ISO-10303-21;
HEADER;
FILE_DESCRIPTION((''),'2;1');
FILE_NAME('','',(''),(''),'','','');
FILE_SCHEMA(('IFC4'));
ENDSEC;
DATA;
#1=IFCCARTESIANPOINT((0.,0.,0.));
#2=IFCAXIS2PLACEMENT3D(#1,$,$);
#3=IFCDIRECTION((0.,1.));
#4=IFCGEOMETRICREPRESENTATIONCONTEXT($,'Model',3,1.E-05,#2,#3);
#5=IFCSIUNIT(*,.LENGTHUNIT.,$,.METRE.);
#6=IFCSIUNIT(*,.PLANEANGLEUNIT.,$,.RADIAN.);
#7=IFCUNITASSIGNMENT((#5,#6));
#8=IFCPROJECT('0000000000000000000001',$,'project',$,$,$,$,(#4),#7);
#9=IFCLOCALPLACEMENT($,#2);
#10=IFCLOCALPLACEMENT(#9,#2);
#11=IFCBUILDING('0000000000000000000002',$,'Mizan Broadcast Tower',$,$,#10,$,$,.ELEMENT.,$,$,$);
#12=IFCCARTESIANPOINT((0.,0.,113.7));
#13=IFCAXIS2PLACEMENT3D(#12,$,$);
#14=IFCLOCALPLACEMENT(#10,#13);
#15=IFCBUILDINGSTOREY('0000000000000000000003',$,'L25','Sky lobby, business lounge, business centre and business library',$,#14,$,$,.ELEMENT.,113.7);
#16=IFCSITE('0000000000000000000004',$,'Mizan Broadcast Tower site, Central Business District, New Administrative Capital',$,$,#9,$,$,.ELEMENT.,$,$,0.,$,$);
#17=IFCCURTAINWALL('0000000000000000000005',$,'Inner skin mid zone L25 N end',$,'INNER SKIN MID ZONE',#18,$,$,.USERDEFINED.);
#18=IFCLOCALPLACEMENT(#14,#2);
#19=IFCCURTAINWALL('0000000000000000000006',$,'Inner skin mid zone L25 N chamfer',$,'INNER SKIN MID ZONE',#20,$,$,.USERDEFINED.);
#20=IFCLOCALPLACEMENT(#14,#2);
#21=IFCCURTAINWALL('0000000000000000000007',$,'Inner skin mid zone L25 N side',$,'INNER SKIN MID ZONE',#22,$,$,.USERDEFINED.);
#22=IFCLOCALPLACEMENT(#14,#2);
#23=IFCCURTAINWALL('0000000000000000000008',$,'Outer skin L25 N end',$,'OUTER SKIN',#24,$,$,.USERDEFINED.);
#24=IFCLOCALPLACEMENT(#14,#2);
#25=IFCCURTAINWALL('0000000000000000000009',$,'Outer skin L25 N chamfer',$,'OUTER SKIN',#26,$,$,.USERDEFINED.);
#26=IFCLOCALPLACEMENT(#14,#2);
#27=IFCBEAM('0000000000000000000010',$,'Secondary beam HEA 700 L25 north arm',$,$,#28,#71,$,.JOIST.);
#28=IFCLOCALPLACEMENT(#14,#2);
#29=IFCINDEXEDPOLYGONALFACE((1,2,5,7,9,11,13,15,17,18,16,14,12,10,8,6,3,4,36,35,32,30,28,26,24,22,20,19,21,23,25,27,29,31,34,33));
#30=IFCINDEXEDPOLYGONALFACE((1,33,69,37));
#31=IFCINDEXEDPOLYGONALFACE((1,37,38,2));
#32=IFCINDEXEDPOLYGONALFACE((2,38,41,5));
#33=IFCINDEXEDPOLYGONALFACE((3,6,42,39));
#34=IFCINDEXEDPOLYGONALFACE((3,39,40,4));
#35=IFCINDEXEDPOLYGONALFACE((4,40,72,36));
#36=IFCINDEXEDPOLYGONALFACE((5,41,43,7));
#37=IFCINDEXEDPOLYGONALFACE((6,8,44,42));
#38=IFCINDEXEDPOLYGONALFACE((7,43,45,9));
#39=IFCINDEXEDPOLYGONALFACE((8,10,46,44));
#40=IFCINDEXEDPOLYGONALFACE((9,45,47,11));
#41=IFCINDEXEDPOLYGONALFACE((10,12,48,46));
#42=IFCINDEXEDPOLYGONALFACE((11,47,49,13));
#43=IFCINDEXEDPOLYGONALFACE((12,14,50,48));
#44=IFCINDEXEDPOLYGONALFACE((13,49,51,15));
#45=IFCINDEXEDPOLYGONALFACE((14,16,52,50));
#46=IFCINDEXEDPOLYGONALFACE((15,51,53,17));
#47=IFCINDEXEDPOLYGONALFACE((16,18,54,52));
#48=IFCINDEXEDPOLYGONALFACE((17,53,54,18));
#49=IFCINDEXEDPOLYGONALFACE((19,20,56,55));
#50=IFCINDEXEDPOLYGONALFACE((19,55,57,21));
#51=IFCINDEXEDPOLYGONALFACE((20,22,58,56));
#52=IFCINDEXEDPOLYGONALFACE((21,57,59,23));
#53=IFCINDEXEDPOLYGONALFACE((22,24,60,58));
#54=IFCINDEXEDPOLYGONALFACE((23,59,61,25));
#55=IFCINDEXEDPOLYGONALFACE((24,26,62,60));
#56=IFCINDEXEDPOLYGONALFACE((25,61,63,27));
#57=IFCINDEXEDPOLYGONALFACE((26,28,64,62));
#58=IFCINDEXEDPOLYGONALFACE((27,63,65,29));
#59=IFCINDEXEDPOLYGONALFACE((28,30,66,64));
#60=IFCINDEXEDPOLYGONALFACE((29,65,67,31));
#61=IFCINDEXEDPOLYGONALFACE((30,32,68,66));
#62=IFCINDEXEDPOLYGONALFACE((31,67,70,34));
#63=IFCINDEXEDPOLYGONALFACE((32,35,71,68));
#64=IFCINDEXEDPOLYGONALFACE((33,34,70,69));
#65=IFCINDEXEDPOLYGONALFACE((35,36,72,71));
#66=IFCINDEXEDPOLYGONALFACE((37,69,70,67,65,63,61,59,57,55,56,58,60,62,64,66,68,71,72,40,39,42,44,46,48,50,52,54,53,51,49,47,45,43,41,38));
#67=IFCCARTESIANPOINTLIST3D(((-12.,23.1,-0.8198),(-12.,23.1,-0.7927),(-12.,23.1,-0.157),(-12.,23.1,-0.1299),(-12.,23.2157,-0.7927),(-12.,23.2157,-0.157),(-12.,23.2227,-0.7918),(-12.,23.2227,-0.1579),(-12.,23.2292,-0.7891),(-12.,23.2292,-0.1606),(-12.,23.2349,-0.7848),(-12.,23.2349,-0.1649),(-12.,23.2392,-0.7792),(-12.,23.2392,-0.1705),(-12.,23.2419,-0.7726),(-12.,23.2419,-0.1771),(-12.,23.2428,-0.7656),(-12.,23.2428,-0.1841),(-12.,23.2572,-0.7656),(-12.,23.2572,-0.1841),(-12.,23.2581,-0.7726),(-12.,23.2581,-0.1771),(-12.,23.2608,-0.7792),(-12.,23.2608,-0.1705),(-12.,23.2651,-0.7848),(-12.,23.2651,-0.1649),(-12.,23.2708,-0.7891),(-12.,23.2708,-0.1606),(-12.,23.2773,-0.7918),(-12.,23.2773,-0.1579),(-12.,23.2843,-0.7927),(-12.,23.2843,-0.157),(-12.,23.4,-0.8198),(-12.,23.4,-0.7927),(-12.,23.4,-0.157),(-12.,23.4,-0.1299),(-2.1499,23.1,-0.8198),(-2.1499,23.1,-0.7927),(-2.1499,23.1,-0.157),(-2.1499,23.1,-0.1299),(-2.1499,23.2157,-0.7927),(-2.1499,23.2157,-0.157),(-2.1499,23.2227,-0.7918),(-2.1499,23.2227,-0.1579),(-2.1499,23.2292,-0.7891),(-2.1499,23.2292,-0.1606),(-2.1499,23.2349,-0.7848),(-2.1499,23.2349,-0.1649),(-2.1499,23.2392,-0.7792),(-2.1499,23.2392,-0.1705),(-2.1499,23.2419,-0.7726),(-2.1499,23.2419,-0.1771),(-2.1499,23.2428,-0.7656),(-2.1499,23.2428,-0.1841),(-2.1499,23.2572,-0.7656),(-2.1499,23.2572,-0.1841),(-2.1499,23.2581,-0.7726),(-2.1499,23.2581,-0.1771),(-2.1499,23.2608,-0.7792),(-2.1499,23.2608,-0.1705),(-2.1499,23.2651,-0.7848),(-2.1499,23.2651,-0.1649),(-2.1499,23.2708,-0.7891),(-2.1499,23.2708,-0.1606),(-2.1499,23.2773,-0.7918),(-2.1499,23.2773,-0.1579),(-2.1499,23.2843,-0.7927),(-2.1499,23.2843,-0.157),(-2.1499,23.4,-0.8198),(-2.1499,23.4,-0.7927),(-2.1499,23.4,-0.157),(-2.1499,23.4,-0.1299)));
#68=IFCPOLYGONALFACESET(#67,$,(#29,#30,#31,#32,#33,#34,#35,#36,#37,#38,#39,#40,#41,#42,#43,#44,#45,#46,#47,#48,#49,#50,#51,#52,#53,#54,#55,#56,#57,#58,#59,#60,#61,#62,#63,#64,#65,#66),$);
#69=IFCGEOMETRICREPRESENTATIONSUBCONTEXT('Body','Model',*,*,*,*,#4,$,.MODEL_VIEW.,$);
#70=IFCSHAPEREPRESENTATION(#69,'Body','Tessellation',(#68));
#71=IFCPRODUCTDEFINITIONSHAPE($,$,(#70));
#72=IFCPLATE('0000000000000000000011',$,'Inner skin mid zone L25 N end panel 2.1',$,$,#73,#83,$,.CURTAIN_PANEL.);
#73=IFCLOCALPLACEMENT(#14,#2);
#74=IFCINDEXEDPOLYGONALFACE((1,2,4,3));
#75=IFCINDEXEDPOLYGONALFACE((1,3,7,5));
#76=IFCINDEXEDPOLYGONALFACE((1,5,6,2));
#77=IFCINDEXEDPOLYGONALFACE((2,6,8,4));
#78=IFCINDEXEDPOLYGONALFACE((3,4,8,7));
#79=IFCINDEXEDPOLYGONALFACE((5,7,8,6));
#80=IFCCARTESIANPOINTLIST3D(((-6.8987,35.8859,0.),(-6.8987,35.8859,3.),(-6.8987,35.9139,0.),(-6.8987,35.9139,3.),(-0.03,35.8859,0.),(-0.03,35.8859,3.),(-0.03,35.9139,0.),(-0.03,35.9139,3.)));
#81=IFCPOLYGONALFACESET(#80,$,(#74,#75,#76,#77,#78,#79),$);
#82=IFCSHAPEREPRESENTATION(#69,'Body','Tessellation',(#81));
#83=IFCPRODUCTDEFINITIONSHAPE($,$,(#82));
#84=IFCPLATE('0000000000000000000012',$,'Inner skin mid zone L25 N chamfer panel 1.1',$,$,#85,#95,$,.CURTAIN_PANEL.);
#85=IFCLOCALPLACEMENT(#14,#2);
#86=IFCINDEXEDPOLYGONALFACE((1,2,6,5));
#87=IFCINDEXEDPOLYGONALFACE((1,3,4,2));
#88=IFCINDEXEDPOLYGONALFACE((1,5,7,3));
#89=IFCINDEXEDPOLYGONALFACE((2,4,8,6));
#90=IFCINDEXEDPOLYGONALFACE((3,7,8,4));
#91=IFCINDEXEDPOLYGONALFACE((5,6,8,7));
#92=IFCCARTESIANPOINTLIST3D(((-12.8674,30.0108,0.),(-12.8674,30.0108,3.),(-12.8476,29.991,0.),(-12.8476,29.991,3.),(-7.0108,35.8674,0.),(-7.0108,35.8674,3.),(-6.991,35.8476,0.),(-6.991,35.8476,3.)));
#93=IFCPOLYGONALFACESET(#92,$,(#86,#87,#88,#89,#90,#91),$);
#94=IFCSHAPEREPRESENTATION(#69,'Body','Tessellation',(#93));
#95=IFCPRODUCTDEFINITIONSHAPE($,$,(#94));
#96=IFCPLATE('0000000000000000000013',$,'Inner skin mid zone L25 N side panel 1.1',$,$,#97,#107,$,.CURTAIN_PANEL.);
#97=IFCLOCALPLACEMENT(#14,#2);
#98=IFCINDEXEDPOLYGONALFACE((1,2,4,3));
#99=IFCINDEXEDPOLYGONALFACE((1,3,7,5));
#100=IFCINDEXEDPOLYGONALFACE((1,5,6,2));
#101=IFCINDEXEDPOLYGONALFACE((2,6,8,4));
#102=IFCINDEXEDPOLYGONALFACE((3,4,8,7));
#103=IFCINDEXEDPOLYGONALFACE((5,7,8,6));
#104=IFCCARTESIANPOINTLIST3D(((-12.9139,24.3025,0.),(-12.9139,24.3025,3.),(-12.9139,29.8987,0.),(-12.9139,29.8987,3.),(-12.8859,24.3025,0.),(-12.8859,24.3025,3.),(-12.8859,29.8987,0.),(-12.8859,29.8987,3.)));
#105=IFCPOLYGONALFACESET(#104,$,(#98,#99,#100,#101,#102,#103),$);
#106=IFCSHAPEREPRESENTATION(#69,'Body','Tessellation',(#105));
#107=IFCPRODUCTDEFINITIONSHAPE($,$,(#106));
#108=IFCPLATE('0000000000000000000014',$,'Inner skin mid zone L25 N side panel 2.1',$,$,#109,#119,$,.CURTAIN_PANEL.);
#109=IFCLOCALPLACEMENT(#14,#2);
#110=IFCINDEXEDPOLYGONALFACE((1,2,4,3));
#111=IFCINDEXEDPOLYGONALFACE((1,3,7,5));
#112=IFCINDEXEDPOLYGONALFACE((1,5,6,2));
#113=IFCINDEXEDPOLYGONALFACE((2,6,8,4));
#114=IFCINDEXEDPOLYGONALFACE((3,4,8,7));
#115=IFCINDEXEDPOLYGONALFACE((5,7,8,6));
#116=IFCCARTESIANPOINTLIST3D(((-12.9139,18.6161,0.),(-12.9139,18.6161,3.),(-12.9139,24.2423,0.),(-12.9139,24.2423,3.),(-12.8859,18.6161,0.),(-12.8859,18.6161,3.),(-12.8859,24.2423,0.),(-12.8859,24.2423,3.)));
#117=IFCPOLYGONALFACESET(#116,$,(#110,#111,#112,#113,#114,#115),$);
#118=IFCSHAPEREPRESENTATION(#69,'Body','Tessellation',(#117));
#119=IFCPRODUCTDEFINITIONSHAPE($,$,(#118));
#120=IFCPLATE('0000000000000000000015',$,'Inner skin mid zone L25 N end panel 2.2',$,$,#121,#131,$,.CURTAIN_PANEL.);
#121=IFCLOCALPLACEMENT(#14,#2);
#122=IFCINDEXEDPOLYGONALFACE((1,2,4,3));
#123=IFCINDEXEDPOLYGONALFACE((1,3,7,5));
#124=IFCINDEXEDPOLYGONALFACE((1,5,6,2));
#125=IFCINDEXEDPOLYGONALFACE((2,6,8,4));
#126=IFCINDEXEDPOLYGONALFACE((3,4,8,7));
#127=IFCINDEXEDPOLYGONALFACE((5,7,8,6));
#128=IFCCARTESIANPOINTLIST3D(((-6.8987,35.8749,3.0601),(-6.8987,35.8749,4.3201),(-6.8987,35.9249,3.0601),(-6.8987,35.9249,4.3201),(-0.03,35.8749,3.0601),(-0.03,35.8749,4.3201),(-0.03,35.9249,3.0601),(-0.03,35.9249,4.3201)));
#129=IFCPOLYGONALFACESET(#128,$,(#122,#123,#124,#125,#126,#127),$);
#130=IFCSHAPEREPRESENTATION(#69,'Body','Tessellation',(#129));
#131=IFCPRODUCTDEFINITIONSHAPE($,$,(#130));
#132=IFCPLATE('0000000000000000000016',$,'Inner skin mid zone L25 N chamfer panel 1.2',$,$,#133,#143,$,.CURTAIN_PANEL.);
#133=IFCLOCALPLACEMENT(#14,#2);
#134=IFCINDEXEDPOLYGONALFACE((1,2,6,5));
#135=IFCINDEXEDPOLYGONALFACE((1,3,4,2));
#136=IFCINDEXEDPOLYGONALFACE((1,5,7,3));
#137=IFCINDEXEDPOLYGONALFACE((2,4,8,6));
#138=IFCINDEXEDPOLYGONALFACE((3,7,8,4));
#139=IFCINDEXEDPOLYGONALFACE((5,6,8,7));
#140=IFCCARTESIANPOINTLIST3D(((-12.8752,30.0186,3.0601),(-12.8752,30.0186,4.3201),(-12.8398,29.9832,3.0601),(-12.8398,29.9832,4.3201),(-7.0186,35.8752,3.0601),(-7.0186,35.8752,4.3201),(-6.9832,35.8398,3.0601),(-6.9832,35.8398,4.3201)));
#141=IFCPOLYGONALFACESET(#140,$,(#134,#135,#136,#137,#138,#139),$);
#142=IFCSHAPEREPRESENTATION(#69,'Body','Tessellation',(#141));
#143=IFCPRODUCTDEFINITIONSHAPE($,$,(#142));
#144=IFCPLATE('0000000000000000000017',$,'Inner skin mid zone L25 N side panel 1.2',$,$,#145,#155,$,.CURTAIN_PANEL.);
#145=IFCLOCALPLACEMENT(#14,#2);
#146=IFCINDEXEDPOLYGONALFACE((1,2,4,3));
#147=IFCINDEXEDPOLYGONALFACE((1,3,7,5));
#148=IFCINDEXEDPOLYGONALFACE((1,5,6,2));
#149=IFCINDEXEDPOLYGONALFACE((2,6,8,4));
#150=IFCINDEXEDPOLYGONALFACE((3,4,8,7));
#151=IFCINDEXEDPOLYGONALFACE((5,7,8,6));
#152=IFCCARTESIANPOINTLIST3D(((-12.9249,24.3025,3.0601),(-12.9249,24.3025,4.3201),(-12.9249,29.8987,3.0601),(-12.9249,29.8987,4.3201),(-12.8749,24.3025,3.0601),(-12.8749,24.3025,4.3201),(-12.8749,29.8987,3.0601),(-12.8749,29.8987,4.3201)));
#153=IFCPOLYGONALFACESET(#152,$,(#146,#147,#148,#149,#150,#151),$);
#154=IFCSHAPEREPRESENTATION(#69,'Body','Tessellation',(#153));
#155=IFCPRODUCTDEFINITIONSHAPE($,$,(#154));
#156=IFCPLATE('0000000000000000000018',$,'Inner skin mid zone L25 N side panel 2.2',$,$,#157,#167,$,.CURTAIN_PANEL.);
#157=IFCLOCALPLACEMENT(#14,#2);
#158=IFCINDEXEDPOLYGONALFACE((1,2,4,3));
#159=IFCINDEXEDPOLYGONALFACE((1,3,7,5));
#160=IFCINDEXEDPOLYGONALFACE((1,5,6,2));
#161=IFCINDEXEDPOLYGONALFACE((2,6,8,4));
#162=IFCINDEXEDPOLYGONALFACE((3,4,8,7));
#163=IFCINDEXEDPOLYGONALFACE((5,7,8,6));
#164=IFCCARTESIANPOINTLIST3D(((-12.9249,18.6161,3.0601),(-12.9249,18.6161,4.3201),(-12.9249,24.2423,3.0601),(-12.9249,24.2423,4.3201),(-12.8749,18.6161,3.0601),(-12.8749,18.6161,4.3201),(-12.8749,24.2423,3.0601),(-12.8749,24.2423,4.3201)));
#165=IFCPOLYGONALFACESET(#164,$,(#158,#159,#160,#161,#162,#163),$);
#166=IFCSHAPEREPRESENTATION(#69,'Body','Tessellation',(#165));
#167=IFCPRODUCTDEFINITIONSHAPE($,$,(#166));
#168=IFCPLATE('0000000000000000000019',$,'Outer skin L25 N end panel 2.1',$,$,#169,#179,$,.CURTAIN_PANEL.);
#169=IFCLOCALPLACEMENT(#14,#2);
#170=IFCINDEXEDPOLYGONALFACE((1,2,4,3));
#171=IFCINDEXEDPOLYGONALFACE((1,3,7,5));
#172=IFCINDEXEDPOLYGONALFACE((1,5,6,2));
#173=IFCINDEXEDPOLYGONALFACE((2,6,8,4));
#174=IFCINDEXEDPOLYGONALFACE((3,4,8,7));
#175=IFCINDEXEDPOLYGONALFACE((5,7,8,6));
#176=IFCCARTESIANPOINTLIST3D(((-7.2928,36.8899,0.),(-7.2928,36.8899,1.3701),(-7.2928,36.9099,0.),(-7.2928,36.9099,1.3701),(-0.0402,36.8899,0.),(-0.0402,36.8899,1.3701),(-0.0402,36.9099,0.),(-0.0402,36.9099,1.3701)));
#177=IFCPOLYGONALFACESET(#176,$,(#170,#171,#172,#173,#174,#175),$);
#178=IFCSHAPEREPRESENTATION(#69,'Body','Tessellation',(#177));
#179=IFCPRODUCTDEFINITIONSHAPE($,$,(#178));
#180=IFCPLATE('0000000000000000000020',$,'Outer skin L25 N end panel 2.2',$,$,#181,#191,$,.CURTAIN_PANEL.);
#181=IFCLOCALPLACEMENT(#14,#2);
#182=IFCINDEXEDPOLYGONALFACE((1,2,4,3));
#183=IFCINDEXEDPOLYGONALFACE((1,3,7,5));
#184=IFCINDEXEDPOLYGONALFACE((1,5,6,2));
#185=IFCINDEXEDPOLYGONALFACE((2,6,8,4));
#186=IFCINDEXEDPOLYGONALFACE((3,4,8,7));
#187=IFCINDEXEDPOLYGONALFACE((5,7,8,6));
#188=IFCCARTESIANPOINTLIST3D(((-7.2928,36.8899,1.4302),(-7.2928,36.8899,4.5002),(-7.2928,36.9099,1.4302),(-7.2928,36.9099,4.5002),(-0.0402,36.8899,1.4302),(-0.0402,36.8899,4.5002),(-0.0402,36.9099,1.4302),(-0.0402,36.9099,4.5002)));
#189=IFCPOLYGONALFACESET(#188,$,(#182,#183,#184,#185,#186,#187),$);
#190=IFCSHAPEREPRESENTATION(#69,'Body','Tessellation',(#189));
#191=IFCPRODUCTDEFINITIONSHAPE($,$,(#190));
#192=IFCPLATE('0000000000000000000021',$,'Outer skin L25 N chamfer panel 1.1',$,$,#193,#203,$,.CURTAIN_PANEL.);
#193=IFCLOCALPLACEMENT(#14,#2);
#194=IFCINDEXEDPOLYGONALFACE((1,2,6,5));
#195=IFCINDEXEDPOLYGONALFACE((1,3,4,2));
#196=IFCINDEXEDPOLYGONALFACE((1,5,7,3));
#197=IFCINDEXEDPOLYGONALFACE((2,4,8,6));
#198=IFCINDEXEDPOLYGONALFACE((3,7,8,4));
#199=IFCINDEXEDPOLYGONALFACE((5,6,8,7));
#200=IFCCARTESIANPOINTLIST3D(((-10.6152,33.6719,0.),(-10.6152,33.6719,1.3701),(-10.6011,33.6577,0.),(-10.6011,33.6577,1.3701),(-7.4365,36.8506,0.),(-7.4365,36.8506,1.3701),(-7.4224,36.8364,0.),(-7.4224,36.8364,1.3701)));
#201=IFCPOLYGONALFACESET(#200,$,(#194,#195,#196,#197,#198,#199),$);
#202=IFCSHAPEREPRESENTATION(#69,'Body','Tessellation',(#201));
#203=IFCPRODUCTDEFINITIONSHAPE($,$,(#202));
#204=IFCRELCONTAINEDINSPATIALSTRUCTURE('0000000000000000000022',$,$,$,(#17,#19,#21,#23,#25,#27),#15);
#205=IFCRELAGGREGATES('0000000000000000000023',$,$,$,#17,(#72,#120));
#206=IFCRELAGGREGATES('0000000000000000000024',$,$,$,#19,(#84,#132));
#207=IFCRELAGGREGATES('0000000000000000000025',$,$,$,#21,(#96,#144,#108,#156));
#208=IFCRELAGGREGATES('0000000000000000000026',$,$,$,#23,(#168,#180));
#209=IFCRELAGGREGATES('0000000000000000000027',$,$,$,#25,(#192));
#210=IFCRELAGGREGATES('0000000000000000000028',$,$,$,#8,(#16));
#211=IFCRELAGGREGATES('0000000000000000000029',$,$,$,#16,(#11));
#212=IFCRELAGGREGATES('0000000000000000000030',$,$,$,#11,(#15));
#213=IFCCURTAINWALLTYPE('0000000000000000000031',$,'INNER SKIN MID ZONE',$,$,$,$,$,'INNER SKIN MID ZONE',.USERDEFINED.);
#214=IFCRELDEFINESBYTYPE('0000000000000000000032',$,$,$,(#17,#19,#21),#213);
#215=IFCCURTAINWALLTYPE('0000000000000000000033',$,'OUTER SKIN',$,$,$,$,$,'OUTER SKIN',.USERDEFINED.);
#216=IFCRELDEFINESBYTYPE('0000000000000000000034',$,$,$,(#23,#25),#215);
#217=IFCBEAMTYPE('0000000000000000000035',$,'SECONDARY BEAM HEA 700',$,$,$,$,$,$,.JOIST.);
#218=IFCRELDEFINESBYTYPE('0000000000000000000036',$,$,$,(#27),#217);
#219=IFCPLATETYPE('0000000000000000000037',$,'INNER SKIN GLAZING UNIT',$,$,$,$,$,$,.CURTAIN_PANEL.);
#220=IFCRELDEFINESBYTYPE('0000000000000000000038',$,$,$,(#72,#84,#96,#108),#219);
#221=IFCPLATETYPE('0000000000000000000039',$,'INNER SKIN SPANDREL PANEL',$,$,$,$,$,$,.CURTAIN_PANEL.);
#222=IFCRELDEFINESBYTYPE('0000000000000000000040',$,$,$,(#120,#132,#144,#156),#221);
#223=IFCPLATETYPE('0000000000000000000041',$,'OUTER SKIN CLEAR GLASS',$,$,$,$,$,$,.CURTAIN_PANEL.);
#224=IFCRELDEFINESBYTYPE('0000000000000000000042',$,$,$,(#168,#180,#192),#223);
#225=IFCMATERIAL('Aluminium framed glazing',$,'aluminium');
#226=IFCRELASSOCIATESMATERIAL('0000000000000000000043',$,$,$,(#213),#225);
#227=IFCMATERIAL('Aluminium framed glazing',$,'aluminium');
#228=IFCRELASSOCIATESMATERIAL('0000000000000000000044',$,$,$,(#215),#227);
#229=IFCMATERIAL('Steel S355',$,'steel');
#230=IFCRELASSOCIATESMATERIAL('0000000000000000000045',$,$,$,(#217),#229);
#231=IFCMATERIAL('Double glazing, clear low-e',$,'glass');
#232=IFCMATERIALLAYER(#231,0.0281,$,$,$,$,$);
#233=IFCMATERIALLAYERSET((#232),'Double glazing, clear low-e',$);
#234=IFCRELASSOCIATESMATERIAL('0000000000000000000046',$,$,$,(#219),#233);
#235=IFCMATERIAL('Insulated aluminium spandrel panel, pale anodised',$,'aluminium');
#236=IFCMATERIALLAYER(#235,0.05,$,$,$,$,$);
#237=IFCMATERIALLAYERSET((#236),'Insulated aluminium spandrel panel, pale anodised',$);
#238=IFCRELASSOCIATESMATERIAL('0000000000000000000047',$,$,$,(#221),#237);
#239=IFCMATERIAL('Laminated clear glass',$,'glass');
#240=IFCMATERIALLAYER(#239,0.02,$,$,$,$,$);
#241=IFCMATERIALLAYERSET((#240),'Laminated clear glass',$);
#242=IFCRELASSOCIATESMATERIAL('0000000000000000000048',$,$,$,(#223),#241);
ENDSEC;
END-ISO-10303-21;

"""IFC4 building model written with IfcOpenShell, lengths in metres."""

from ifc_helpers import new_model, si_unit, direction, frame, origin, origin_2d, place, context, subcontext, project, spatial, rectangle, i_section, extrude, material, layer, layer_set, material_profile, profile_set, type_object, element, aggregate, save


model = new_model("IFC4")

# Units and contexts
model_context = context("Model", 3, precision=1e-05, world=origin(), true_north=direction((0.0, 1.0)))
body_context = subcontext(model_context, "Body", "Model", "MODEL_VIEW")
ifc_project = project(units=[si_unit("LENGTHUNIT", "METRE"), si_unit("PLANEANGLEUNIT", "RADIAN")], contexts=[model_context])

# Site, building, storey
site_placement = place(None, origin())
site = spatial("IfcSite", under=ifc_project, at=site_placement, Name="Mizan Broadcast Tower site, Central Business District, New Administrative Capital", CompositionType="ELEMENT", RefElevation=0.0)
building_placement = place(site_placement, origin())
building = spatial("IfcBuilding", under=site, at=building_placement, Name="Mizan Broadcast Tower", CompositionType="ELEMENT")
storey_placement = place(building_placement, frame((0.0, 0.0, 113.7)))
storey = spatial("IfcBuildingStorey", under=building, at=storey_placement, Name="L25", Description="Sky lobby, business lounge, business centre and business library", CompositionType="ELEMENT", Elevation=113.7)

# Curtain walls
ifc_material_1 = material(Name="Aluminium framed glazing", Category="aluminium")
curtain_wall_type_1 = type_object("IfcCurtainWallType", Name="INNER SKIN MID ZONE", ElementType="INNER SKIN MID ZONE", PredefinedType="USERDEFINED", material=ifc_material_1)
curtain_wall_1_placement = place(storey_placement, origin())
curtain_wall_1 = element("IfcCurtainWall", 1, at=curtain_wall_1_placement, inside=storey, type_object=curtain_wall_type_1, Name="Inner skin mid zone L25 N end", ObjectType="INNER SKIN MID ZONE", PredefinedType="USERDEFINED")
curtain_wall_2_placement = place(storey_placement, origin())
curtain_wall_2 = element("IfcCurtainWall", 2, at=curtain_wall_2_placement, inside=storey, type_object=curtain_wall_type_1, Name="Inner skin mid zone L25 N chamfer", ObjectType="INNER SKIN MID ZONE", PredefinedType="USERDEFINED")
curtain_wall_3_placement = place(storey_placement, origin())
curtain_wall_3 = element("IfcCurtainWall", 3, at=curtain_wall_3_placement, inside=storey, type_object=curtain_wall_type_1, Name="Inner skin mid zone L25 N side", ObjectType="INNER SKIN MID ZONE", PredefinedType="USERDEFINED")

# Curtain walls
ifc_material_2 = material(Name="Aluminium framed glazing", Category="aluminium")
curtain_wall_type_2 = type_object("IfcCurtainWallType", Name="OUTER SKIN", ElementType="OUTER SKIN", PredefinedType="USERDEFINED", material=ifc_material_2)
curtain_wall_4_placement = place(storey_placement, origin())
curtain_wall_4 = element("IfcCurtainWall", 4, at=curtain_wall_4_placement, inside=storey, type_object=curtain_wall_type_2, Name="Outer skin L25 N end", ObjectType="OUTER SKIN", PredefinedType="USERDEFINED")
curtain_wall_5_placement = place(storey_placement, origin())
curtain_wall_5 = element("IfcCurtainWall", 5, at=curtain_wall_5_placement, inside=storey, type_object=curtain_wall_type_2, Name="Outer skin L25 N chamfer", ObjectType="OUTER SKIN", PredefinedType="USERDEFINED")

# Beam
ifc_material_3 = material(Name="Steel S355", Category="steel")
ifc_material_profile_1 = material_profile(ifc_material_3, i_section(OverallWidth=0.3, OverallDepth=0.6899, WebThickness=0.0144, FlangeThickness=0.0271, FilletRadius=0.0271, at=origin_2d()), Name="HEA 700")
ifc_profile_set_1 = profile_set([ifc_material_profile_1], Name="Steel S355")
beam_type_1 = type_object("IfcBeamType", Name="SECONDARY BEAM HEA 700", PredefinedType="JOIST", material=ifc_profile_set_1)
beam_1_placement = place(storey_placement, frame((-12.0, 23.25, -0.4749), z_axis=(1.0, 0.0, 0.0), x_axis=(0.0, 1.0, 0.0)))
element("IfcBeam", 6, at=beam_1_placement, inside=storey, type_object=beam_type_1, Name="Secondary beam HEA 700 L25 north arm", PredefinedType="JOIST", context=body_context, shape_type="SweptSolid", body=[
    extrude(i_section(OverallWidth=0.3, OverallDepth=0.6899, WebThickness=0.0144, FlangeThickness=0.0271, FilletRadius=0.0271, at=origin_2d()), origin(), (0.0, 0.0, 1.0), 9.8501),
])

# Plates
ifc_material_4 = material(Name="Double glazing, clear low-e", Category="glass")
ifc_layer_1 = layer(ifc_material_4, 0.0281)
ifc_layer_set_1 = layer_set([ifc_layer_1], Name="Double glazing, clear low-e")
plate_type_1 = type_object("IfcPlateType", Name="INNER SKIN GLAZING UNIT", PredefinedType="CURTAIN_PANEL", material=ifc_layer_set_1)
plate_1_placement = place(storey_placement, frame((-3.4644, 35.8999, 0.0), z_axis=(0.0, 0.0, 1.0), x_axis=(-1.0, 0.0, 0.0)))
plate_1 = element("IfcPlate", 7, at=plate_1_placement, type_object=plate_type_1, Name="Inner skin mid zone L25 N end panel 2.1", PredefinedType="CURTAIN_PANEL", context=body_context, shape_type="SweptSolid", body=[
    extrude(rectangle(XDim=6.8687, YDim=0.0281, at=origin_2d()), origin(), (0.0, 0.0, 1.0), 3.0),
])
plate_2_placement = place(storey_placement, frame((-9.9292, 32.9292, 0.0), z_axis=(0.0, 0.0, 1.0), x_axis=(-0.707107, -0.707107, 0.0)))
plate_2 = element("IfcPlate", 8, at=plate_2_placement, type_object=plate_type_1, Name="Inner skin mid zone L25 N chamfer panel 1.1", PredefinedType="CURTAIN_PANEL", context=body_context, shape_type="SweptSolid", body=[
    extrude(rectangle(XDim=8.2825, YDim=0.0281, at=origin_2d()), origin(), (0.0, 0.0, 1.0), 3.0),
])
plate_3_placement = place(storey_placement, frame((-12.8999, 27.1006, 0.0), z_axis=(0.0, 0.0, 1.0), x_axis=(0.0, -1.0, 0.0)))
plate_3 = element("IfcPlate", 9, at=plate_3_placement, type_object=plate_type_1, Name="Inner skin mid zone L25 N side panel 1.1", PredefinedType="CURTAIN_PANEL", context=body_context, shape_type="SweptSolid", body=[
    extrude(rectangle(XDim=5.5962, YDim=0.0281, at=origin_2d()), origin(), (0.0, 0.0, 1.0), 3.0),
])
plate_4_placement = place(storey_placement, frame((-12.8999, 21.4292, 0.0), z_axis=(0.0, 0.0, 1.0), x_axis=(0.0, -1.0, 0.0)))
plate_4 = element("IfcPlate", 10, at=plate_4_placement, type_object=plate_type_1, Name="Inner skin mid zone L25 N side panel 2.1", PredefinedType="CURTAIN_PANEL", context=body_context, shape_type="SweptSolid", body=[
    extrude(rectangle(XDim=5.6262, YDim=0.0281, at=origin_2d()), origin(), (0.0, 0.0, 1.0), 3.0),
])
ifc_material_5 = material(Name="Insulated aluminium spandrel panel, pale anodised", Category="aluminium")
ifc_layer_2 = layer(ifc_material_5, 0.05)
ifc_layer_set_2 = layer_set([ifc_layer_2], Name="Insulated aluminium spandrel panel, pale anodised")
plate_type_2 = type_object("IfcPlateType", Name="INNER SKIN SPANDREL PANEL", PredefinedType="CURTAIN_PANEL", material=ifc_layer_set_2)
plate_5_placement = place(storey_placement, frame((-3.4644, 35.8999, 3.0601), z_axis=(0.0, 0.0, 1.0), x_axis=(-1.0, 0.0, 0.0)))
plate_5 = element("IfcPlate", 11, at=plate_5_placement, type_object=plate_type_2, Name="Inner skin mid zone L25 N end panel 2.2", PredefinedType="CURTAIN_PANEL", context=body_context, shape_type="SweptSolid", body=[
    extrude(rectangle(XDim=6.8687, YDim=0.05, at=origin_2d()), origin(), (0.0, 0.0, 1.0), 1.26),
])
aggregate(curtain_wall_1, [plate_1, plate_5])
plate_6_placement = place(storey_placement, frame((-9.9292, 32.9292, 3.0601), z_axis=(0.0, 0.0, 1.0), x_axis=(-0.707107, -0.707107, 0.0)))
plate_6 = element("IfcPlate", 12, at=plate_6_placement, type_object=plate_type_2, Name="Inner skin mid zone L25 N chamfer panel 1.2", PredefinedType="CURTAIN_PANEL", context=body_context, shape_type="SweptSolid", body=[
    extrude(rectangle(XDim=8.2825, YDim=0.05, at=origin_2d()), origin(), (0.0, 0.0, 1.0), 1.26),
])
aggregate(curtain_wall_2, [plate_2, plate_6])
plate_7_placement = place(storey_placement, frame((-12.8999, 27.1006, 3.0601), z_axis=(0.0, 0.0, 1.0), x_axis=(0.0, -1.0, 0.0)))
plate_7 = element("IfcPlate", 13, at=plate_7_placement, type_object=plate_type_2, Name="Inner skin mid zone L25 N side panel 1.2", PredefinedType="CURTAIN_PANEL", context=body_context, shape_type="SweptSolid", body=[
    extrude(rectangle(XDim=5.5962, YDim=0.05, at=origin_2d()), origin(), (0.0, 0.0, 1.0), 1.26),
])
plate_8_placement = place(storey_placement, frame((-12.8999, 21.4292, 3.0601), z_axis=(0.0, 0.0, 1.0), x_axis=(0.0, -1.0, 0.0)))
plate_8 = element("IfcPlate", 14, at=plate_8_placement, type_object=plate_type_2, Name="Inner skin mid zone L25 N side panel 2.2", PredefinedType="CURTAIN_PANEL", context=body_context, shape_type="SweptSolid", body=[
    extrude(rectangle(XDim=5.6262, YDim=0.05, at=origin_2d()), origin(), (0.0, 0.0, 1.0), 1.26),
])
aggregate(curtain_wall_3, [plate_3, plate_7, plate_4, plate_8])
ifc_material_6 = material(Name="Laminated clear glass", Category="glass")
ifc_layer_3 = layer(ifc_material_6, 0.02)
ifc_layer_set_3 = layer_set([ifc_layer_3], Name="Laminated clear glass")
plate_type_3 = type_object("IfcPlateType", Name="OUTER SKIN CLEAR GLASS", PredefinedType="CURTAIN_PANEL", material=ifc_layer_set_3)
plate_9_placement = place(storey_placement, frame((-3.6665, 36.8999, 0.0), z_axis=(0.0, 0.0, 1.0), x_axis=(-1.0, 0.0, 0.0)))
plate_9 = element("IfcPlate", 15, at=plate_9_placement, type_object=plate_type_3, Name="Outer skin L25 N end panel 2.1", PredefinedType="CURTAIN_PANEL", context=body_context, shape_type="SweptSolid", body=[
    extrude(rectangle(XDim=7.2527, YDim=0.02, at=origin_2d()), origin(), (0.0, 0.0, 1.0), 1.3701),
])
plate_10_placement = place(storey_placement, frame((-3.6665, 36.8999, 1.4302), z_axis=(0.0, 0.0, 1.0), x_axis=(-1.0, 0.0, 0.0)))
plate_10 = element("IfcPlate", 16, at=plate_10_placement, type_object=plate_type_3, Name="Outer skin L25 N end panel 2.2", PredefinedType="CURTAIN_PANEL", context=body_context, shape_type="SweptSolid", body=[
    extrude(rectangle(XDim=7.2527, YDim=0.02, at=origin_2d()), origin(), (0.0, 0.0, 1.0), 3.0701),
])
aggregate(curtain_wall_4, [plate_9, plate_10])
plate_11_placement = place(storey_placement, frame((-9.0188, 35.2542, 0.0), z_axis=(0.0, 0.0, 1.0), x_axis=(-0.707107, -0.707107, 0.0)))
plate_11 = element("IfcPlate", 17, at=plate_11_placement, type_object=plate_type_3, Name="Outer skin L25 N chamfer panel 1.1", PredefinedType="CURTAIN_PANEL", context=body_context, shape_type="SweptSolid", body=[
    extrude(rectangle(XDim=4.4954, YDim=0.02, at=origin_2d()), origin(), (0.0, 0.0, 1.0), 1.3701),
])
aggregate(curtain_wall_5, [plate_11])

save(model, "model.ifc")
